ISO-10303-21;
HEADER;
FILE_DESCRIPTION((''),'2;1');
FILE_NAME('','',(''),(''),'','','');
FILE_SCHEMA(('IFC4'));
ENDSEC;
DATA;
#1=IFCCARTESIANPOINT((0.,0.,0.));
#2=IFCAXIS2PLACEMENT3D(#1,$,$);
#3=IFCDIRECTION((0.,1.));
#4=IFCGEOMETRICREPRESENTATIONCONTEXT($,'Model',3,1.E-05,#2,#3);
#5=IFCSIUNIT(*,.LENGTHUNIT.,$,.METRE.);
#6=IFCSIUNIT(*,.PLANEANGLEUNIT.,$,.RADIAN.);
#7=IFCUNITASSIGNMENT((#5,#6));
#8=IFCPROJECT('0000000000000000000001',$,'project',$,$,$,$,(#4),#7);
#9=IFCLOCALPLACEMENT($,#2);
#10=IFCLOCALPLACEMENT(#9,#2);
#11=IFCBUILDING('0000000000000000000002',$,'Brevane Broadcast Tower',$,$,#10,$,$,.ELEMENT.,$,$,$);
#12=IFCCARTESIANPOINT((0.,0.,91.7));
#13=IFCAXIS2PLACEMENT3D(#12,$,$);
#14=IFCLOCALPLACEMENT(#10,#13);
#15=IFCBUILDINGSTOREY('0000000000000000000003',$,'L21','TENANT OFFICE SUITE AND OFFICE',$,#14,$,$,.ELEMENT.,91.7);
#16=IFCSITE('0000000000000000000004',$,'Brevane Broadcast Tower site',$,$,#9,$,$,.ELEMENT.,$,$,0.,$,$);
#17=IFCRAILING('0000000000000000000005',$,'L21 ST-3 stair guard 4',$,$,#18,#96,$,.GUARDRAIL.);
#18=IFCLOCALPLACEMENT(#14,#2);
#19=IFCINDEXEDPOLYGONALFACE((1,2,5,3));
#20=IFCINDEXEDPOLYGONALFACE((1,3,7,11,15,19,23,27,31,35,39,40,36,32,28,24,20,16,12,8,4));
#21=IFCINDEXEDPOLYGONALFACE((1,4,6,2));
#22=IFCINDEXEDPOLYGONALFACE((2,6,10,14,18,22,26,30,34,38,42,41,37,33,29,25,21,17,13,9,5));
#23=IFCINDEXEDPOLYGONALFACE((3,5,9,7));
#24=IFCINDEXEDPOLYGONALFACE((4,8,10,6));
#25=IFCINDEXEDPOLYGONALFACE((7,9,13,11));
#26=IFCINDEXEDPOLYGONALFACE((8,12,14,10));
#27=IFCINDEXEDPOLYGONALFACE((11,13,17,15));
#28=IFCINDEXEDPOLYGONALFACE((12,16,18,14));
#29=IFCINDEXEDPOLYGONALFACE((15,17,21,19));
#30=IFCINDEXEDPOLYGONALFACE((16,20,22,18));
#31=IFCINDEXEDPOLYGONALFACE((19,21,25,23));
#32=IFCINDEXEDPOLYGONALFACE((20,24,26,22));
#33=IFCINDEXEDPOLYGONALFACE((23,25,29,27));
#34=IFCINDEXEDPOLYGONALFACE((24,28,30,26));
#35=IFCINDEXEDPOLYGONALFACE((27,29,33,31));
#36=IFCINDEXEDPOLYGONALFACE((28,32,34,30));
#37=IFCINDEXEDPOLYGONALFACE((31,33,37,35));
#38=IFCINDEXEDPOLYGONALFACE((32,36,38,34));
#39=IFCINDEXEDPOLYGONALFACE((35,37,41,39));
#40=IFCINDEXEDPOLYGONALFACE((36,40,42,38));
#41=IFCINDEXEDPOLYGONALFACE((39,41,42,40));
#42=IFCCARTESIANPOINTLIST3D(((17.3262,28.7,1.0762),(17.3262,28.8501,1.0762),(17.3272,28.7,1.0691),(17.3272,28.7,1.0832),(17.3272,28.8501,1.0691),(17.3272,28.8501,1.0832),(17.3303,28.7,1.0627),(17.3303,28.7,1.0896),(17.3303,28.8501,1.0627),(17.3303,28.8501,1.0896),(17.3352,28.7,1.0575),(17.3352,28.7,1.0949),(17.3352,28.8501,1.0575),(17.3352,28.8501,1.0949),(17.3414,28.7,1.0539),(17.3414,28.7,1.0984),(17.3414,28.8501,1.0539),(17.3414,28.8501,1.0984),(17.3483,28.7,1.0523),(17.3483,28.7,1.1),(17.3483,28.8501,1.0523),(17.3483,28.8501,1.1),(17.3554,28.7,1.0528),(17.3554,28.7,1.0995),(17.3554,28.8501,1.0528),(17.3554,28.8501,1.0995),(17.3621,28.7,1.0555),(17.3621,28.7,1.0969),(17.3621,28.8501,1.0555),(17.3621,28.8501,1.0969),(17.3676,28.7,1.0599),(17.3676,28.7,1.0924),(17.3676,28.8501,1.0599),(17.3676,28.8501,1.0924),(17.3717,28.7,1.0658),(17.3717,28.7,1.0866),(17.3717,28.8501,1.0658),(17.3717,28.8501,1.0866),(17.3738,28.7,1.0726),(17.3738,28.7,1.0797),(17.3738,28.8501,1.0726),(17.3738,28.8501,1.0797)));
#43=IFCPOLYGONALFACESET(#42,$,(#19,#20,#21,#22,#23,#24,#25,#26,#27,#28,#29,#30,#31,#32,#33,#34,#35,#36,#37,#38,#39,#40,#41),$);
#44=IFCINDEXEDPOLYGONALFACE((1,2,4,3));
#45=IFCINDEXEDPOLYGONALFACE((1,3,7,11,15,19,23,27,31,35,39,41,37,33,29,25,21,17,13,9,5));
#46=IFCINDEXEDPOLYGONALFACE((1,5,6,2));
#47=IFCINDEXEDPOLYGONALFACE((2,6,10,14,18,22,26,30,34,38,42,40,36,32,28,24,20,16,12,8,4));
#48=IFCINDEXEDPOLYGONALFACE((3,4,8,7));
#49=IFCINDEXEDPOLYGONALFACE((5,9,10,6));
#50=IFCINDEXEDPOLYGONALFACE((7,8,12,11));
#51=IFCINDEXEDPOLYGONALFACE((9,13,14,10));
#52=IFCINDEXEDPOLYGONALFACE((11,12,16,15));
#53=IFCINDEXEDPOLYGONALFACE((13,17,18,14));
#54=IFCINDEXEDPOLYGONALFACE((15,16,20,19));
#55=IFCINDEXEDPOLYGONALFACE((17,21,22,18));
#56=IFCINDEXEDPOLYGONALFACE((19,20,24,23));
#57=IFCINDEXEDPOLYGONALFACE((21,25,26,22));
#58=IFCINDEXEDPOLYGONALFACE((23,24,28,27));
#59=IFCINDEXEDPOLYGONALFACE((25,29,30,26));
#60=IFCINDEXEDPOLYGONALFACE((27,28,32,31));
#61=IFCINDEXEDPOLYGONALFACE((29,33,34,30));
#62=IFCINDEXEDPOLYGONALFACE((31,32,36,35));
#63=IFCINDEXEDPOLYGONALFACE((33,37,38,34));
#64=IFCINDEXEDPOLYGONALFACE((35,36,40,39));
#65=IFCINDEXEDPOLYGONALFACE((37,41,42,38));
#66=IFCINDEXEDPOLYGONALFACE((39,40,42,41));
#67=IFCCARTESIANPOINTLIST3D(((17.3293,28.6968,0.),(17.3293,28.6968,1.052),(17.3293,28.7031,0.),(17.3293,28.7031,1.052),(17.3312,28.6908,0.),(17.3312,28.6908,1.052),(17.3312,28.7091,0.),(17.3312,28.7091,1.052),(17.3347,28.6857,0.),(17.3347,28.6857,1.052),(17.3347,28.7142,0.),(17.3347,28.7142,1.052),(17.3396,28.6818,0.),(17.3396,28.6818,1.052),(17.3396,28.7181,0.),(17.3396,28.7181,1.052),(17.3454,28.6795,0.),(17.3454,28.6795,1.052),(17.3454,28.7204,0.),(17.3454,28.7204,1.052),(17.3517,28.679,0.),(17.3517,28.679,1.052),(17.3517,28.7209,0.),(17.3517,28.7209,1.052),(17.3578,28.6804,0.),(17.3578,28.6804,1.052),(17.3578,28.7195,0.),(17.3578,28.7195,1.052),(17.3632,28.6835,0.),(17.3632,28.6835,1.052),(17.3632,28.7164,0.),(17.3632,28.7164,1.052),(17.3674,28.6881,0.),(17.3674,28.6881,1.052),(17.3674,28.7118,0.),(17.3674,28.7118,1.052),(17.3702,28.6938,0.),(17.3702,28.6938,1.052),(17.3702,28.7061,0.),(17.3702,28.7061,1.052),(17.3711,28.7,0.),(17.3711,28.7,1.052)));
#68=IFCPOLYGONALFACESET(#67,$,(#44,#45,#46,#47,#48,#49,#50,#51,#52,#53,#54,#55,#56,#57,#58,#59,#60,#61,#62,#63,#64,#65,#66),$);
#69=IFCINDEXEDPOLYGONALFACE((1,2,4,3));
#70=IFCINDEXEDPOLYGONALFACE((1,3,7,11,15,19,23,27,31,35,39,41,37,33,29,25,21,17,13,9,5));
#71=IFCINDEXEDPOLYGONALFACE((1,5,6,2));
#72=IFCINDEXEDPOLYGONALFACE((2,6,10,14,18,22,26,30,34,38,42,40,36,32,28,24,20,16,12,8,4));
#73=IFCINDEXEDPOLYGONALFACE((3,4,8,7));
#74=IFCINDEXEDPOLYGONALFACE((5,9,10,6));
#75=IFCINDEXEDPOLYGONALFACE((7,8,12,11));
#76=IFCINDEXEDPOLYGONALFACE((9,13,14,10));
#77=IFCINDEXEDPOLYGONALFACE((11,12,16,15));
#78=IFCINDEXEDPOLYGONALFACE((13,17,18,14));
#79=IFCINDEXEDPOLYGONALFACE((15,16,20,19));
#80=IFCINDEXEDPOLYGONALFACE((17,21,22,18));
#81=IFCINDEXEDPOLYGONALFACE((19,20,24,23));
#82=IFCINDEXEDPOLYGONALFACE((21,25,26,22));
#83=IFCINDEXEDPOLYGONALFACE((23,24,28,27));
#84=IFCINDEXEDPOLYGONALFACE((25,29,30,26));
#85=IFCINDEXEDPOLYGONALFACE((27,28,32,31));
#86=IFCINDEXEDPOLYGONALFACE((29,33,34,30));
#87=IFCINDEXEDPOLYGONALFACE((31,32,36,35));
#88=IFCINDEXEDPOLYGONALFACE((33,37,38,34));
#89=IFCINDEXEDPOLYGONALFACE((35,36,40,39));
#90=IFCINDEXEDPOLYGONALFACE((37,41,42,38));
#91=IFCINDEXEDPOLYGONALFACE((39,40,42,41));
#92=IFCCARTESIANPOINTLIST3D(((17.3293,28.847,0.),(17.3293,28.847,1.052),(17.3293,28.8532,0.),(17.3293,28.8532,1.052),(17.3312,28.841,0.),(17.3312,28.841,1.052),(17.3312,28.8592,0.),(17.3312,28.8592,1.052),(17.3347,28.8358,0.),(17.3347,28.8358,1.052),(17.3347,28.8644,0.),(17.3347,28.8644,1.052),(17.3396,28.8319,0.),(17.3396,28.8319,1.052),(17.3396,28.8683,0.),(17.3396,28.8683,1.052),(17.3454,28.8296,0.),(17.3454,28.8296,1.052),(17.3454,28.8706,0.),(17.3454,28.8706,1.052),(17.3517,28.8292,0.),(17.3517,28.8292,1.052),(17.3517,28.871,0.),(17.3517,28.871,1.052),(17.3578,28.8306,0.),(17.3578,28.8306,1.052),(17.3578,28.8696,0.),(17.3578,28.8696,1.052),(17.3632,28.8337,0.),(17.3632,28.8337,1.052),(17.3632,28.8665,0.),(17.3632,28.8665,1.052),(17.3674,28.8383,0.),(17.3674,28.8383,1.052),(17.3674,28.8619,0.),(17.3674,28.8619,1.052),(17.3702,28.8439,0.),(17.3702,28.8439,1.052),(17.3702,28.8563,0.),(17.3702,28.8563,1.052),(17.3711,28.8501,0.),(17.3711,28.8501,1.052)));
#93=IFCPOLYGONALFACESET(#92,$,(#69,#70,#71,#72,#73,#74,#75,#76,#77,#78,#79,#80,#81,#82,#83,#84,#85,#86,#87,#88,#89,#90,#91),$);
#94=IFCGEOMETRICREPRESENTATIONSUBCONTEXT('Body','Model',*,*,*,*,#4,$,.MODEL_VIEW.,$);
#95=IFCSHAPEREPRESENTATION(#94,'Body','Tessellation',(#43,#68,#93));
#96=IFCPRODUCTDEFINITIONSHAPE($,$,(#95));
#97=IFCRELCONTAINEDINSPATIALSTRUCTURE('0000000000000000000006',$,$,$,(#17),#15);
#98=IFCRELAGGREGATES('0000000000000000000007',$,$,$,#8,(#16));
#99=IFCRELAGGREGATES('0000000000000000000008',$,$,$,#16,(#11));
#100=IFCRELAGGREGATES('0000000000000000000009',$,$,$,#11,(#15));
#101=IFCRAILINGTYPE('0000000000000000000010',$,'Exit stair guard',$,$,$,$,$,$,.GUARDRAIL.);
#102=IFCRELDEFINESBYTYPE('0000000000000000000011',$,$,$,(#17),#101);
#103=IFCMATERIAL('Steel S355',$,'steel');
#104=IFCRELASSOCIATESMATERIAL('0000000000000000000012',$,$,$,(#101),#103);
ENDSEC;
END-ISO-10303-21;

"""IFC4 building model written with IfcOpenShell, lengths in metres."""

from ifc_helpers import new_model, si_unit, direction, frame, origin, origin_2d, place, context, subcontext, project, spatial, circle, extrude, material, type_object, element, save


model = new_model("IFC4")

# Units and contexts
model_context = context("Model", 3, precision=1e-05, world=origin(), true_north=direction((0.0, 1.0)))
body_context = subcontext(model_context, "Body", "Model", "MODEL_VIEW")
ifc_project = project(units=[si_unit("LENGTHUNIT", "METRE"), si_unit("PLANEANGLEUNIT", "RADIAN")], contexts=[model_context])

# Site, building, storey
site_placement = place(None, origin())
site = spatial("IfcSite", under=ifc_project, at=site_placement, Name="Brevane Broadcast Tower site", CompositionType="ELEMENT", RefElevation=0.0)
building_placement = place(site_placement, origin())
building = spatial("IfcBuilding", under=site, at=building_placement, Name="Brevane Broadcast Tower", CompositionType="ELEMENT")
storey_placement = place(building_placement, frame((0.0, 0.0, 91.7)))
storey = spatial("IfcBuildingStorey", under=building, at=storey_placement, Name="L21", Description="TENANT OFFICE SUITE AND OFFICE", CompositionType="ELEMENT", Elevation=91.7)

# Railing
ifc_material_1 = material(Name="Steel S355", Category="steel")
railing_type_1 = type_object("IfcRailingType", Name="Exit stair guard", PredefinedType="GUARDRAIL", material=ifc_material_1)
railing_1_placement = place(storey_placement, frame((17.3501, 28.7, 0.0)))
element("IfcRailing", 1, at=railing_1_placement, inside=storey, type_object=railing_type_1, Name="L21 ST-3 stair guard 4", PredefinedType="GUARDRAIL", context=body_context, shape_type="SweptSolid", body=[
    extrude(circle(Radius=0.0239, at=origin_2d()), frame((0.0, 0.0, 1.0762), z_axis=(0.0, 1.0, 0.0), x_axis=(-1.0, 0.0, 0.0)), (0.0, 0.0, 1.0), 0.1501),
    extrude(circle(Radius=0.021, at=origin_2d()), origin(), (0.0, 0.0, 1.0), 1.052),
    extrude(circle(Radius=0.021, at=origin_2d()), frame((0.0, 0.1501, 0.0)), (0.0, 0.0, 1.0), 1.052),
])

save(model, "model.ifc")
